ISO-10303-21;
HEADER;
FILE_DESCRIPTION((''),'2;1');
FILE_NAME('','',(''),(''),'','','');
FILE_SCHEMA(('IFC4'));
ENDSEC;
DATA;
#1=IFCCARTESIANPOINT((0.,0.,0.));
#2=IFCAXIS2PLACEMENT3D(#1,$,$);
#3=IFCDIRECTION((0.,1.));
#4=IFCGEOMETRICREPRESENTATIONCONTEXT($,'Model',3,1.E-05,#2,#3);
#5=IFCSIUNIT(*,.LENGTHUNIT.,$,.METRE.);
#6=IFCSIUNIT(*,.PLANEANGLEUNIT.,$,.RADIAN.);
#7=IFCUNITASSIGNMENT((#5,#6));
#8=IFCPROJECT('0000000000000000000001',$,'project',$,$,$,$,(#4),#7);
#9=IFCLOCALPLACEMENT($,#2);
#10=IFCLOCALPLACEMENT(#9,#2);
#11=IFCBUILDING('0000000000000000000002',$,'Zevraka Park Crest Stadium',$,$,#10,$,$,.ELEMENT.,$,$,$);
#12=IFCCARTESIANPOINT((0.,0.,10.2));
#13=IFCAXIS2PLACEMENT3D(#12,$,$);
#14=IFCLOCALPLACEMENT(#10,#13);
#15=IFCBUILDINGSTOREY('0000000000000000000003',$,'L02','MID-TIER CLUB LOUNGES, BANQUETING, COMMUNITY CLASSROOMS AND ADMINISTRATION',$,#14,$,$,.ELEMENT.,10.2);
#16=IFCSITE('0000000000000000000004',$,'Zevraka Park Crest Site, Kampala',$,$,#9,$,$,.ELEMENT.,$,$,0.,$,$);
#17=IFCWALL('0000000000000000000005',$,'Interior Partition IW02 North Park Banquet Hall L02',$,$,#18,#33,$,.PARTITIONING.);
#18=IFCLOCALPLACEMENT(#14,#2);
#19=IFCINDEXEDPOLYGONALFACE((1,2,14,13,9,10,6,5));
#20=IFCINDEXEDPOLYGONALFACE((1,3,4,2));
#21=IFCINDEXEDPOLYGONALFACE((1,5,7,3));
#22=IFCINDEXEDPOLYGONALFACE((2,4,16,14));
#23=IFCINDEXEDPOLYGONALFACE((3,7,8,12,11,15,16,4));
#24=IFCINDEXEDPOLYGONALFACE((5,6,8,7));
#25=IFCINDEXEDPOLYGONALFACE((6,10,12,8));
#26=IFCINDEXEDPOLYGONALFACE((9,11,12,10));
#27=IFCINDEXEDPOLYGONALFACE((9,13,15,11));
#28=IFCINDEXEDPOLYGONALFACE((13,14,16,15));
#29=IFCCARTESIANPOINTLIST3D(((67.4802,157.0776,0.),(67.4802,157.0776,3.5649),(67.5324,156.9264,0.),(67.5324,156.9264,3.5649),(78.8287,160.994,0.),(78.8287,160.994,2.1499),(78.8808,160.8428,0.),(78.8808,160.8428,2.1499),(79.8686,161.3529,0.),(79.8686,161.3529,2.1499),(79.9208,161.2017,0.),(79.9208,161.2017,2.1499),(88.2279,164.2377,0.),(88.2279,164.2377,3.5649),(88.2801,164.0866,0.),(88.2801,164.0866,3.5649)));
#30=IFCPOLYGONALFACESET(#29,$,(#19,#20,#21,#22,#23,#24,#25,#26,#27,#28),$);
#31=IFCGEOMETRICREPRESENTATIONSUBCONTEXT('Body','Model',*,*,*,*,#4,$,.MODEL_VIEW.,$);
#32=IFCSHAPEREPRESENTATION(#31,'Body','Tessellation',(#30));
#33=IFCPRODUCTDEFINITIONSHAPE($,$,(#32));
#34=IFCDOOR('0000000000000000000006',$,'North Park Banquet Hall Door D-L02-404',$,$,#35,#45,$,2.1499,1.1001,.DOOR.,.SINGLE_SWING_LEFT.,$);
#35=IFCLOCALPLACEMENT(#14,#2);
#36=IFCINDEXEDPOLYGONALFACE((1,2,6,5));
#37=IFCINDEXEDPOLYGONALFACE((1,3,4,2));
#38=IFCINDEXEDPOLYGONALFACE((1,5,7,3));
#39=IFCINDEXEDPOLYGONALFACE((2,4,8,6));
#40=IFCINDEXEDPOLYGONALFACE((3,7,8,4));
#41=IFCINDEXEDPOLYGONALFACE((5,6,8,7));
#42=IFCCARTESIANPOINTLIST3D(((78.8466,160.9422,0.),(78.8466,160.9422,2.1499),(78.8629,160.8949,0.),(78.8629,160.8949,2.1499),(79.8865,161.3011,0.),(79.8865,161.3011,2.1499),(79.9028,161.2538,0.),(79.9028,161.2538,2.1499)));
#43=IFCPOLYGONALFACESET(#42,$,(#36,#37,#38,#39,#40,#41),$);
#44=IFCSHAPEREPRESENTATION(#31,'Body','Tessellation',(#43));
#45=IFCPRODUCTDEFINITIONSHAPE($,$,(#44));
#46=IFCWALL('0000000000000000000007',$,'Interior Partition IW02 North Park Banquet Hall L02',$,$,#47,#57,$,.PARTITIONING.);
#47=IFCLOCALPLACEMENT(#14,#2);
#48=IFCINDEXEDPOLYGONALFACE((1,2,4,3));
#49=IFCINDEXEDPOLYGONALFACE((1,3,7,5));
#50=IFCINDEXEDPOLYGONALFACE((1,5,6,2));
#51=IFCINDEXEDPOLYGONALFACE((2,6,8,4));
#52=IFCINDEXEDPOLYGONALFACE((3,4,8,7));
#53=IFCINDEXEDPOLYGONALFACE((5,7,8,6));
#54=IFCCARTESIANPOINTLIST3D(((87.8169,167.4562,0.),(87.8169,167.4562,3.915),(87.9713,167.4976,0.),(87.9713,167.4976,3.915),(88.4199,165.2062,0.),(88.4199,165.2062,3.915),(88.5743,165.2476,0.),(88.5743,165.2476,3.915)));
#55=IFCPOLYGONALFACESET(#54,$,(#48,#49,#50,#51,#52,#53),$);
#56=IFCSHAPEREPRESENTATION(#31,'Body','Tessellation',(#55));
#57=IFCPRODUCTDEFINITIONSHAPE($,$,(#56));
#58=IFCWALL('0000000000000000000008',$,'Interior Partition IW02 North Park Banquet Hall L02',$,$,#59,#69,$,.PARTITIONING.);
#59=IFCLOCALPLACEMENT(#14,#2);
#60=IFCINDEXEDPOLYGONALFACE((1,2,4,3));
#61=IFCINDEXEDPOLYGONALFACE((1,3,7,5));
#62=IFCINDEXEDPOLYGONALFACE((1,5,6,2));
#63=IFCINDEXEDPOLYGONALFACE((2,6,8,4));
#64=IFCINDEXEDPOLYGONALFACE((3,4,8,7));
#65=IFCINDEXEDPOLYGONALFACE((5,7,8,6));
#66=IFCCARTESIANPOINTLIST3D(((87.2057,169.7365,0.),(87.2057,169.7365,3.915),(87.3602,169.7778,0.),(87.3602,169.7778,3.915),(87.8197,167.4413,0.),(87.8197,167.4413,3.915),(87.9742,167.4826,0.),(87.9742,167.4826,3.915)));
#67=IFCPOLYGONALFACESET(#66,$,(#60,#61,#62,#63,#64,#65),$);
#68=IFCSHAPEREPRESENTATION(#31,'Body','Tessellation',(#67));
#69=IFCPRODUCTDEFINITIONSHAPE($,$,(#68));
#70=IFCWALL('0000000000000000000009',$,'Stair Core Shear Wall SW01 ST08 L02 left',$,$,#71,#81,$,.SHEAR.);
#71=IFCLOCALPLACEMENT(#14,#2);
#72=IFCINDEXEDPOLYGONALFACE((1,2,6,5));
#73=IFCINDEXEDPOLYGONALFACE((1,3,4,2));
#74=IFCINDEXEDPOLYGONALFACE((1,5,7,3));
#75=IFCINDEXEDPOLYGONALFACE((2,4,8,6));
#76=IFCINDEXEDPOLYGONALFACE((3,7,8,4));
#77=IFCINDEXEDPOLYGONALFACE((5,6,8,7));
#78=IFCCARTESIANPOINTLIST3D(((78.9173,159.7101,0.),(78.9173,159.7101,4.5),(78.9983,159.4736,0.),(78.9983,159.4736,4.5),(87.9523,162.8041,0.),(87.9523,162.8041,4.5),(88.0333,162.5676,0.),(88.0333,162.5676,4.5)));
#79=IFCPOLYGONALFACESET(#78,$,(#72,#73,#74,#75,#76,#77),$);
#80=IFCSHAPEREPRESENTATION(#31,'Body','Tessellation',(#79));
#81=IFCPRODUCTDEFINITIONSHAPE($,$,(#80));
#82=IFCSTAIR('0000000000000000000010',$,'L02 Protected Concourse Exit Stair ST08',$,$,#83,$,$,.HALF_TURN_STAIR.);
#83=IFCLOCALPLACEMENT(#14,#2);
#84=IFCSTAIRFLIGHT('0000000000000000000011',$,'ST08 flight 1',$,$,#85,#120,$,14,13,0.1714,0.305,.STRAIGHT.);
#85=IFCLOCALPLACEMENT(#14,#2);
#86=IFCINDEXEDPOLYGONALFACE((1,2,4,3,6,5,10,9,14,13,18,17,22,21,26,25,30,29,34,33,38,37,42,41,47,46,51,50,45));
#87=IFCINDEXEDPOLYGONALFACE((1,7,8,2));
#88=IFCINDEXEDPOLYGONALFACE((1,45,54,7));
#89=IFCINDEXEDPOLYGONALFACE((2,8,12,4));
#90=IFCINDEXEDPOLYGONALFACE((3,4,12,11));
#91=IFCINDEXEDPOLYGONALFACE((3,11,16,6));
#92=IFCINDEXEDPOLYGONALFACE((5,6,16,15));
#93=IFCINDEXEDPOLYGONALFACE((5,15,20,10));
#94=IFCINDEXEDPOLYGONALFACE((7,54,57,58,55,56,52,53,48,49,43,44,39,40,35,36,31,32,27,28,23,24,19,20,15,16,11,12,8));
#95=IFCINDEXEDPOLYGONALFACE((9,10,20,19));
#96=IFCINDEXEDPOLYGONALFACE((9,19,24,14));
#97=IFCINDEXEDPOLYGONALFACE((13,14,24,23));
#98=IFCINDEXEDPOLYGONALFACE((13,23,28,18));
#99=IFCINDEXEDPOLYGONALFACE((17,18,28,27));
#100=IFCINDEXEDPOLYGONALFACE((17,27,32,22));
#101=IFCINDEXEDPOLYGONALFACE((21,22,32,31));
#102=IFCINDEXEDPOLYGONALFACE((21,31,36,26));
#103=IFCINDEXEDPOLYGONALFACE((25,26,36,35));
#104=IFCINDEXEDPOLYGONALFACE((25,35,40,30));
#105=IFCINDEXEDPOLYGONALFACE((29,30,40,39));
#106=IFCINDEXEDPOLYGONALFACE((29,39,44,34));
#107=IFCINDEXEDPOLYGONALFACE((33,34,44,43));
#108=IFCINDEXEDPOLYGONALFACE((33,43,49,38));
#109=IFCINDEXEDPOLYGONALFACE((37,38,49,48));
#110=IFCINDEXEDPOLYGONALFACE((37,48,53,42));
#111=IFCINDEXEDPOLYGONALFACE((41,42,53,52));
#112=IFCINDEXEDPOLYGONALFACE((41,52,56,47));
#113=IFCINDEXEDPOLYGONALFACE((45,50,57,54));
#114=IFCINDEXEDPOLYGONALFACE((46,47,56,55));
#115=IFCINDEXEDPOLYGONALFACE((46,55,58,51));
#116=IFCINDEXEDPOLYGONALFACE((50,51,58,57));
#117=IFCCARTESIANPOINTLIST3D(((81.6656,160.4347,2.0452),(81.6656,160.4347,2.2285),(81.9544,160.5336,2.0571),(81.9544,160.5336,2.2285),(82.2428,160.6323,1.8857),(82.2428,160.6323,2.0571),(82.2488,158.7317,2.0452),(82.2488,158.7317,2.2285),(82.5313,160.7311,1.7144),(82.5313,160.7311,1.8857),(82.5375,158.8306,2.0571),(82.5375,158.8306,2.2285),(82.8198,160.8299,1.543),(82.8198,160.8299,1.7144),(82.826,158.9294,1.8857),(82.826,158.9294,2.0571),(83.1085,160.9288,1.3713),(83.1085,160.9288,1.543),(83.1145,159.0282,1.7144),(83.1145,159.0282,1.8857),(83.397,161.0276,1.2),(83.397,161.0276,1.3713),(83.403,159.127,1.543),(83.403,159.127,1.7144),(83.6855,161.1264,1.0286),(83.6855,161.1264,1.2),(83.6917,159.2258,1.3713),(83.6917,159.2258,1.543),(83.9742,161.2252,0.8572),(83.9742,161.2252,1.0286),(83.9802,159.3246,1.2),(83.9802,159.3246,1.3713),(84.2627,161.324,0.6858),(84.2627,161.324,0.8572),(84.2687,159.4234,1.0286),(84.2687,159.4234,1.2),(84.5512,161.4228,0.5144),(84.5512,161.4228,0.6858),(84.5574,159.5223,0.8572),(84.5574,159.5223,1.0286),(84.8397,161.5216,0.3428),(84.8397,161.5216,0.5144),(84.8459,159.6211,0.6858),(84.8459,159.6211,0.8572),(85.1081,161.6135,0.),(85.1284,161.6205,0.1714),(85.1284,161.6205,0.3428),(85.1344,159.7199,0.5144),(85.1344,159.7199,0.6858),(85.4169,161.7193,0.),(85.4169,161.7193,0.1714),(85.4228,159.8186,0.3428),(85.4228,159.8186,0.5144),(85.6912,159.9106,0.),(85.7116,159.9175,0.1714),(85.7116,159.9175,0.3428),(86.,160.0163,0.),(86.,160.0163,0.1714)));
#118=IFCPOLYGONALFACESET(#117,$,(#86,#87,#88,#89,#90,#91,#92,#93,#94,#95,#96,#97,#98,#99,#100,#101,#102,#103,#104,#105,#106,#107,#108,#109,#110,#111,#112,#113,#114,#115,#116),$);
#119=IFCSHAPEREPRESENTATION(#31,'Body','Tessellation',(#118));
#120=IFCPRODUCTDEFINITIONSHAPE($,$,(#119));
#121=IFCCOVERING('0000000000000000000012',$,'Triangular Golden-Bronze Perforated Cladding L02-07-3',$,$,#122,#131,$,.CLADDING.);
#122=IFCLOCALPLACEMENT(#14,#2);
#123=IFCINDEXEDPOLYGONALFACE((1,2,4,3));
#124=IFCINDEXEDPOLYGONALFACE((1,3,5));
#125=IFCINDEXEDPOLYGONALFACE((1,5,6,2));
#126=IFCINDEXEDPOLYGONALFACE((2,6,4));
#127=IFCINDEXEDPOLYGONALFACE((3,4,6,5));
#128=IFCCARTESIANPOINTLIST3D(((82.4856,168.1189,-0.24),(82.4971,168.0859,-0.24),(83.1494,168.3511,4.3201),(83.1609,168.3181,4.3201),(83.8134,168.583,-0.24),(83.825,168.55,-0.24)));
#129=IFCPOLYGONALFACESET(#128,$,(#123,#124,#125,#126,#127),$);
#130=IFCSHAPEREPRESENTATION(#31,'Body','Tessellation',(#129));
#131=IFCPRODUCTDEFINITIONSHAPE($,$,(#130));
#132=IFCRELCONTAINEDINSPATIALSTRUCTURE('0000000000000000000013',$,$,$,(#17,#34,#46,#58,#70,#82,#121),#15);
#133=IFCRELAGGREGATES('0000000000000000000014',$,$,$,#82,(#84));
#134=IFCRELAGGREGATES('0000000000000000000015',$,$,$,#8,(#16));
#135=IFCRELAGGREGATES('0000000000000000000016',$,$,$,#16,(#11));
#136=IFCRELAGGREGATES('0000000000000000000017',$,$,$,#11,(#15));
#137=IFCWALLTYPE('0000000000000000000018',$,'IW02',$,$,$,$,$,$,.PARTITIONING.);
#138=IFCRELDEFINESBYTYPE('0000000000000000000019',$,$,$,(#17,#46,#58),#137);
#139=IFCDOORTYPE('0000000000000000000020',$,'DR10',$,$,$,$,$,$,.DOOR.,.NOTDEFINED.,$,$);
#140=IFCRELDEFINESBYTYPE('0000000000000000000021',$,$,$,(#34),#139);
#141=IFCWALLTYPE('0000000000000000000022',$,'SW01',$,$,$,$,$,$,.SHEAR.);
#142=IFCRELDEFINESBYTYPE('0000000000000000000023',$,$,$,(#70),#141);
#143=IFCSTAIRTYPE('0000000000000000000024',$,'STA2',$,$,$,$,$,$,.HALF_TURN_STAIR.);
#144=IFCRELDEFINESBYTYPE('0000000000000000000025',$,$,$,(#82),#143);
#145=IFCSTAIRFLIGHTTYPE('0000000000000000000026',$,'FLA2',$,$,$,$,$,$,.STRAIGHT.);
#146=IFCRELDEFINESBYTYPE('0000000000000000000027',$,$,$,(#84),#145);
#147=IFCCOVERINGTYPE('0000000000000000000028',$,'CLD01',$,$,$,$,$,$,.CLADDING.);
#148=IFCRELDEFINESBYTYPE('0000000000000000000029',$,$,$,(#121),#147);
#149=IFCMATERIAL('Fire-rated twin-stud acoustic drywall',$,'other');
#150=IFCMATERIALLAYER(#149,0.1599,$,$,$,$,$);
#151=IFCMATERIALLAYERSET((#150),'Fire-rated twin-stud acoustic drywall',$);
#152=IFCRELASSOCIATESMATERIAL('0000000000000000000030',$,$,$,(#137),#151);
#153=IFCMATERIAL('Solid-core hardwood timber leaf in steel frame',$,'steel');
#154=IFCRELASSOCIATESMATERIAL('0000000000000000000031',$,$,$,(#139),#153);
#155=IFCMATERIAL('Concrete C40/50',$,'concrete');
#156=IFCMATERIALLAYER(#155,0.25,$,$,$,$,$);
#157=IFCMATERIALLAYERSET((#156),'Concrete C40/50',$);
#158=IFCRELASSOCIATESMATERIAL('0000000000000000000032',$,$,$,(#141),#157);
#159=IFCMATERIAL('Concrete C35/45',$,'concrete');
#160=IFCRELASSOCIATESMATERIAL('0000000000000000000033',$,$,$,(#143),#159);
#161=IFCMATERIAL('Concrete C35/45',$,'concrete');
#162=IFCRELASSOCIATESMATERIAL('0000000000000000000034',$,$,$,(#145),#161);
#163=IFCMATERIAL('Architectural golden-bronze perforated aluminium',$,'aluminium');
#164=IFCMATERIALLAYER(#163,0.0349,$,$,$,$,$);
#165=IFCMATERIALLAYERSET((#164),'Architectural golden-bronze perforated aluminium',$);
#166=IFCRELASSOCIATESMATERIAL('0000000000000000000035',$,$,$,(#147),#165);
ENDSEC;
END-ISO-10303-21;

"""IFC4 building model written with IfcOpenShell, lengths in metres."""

from ifc_helpers import new_model, si_unit, direction, frame, frame_2d, origin, place, context, subcontext, project, spatial, polyline, rectangle, outline, extrude, material, layer, layer_set, type_object, element, fill, aggregate, save


model = new_model("IFC4")

# Units and contexts
model_context = context("Model", 3, precision=1e-05, world=origin(), true_north=direction((0.0, 1.0)))
body_context = subcontext(model_context, "Body", "Model", "MODEL_VIEW")
ifc_project = project(units=[si_unit("LENGTHUNIT", "METRE"), si_unit("PLANEANGLEUNIT", "RADIAN")], contexts=[model_context])

# Site, building, storey
site_placement = place(None, origin())
site = spatial("IfcSite", under=ifc_project, at=site_placement, Name="Zevraka Park Crest Site, Kampala", CompositionType="ELEMENT", RefElevation=0.0)
building_placement = place(site_placement, origin())
building = spatial("IfcBuilding", under=site, at=building_placement, Name="Zevraka Park Crest Stadium", CompositionType="ELEMENT")
storey_placement = place(building_placement, frame((0.0, 0.0, 10.2)))
storey = spatial("IfcBuildingStorey", under=building, at=storey_placement, Name="L02", Description="MID-TIER CLUB LOUNGES, BANQUETING, COMMUNITY CLASSROOMS AND ADMINISTRATION", CompositionType="ELEMENT", Elevation=10.2)

# Wall, opening, door
ifc_material_1 = material(Name="Fire-rated twin-stud acoustic drywall", Category="other")
ifc_layer_1 = layer(ifc_material_1, 0.1599)
ifc_layer_set_1 = layer_set([ifc_layer_1], Name="Fire-rated twin-stud acoustic drywall")
wall_type_1 = type_object("IfcWallType", Name="IW02", PredefinedType="PARTITIONING", material=ifc_layer_set_1)
wall_1_placement = place(storey_placement, frame((88.2539, 164.1621, 0.0), z_axis=(0.0, 0.0, 1.0), x_axis=(-0.945292, -0.326224, 0.0)))
wall_1 = element("IfcWall", 1, at=wall_1_placement, inside=storey, type_object=wall_type_1, Name="Interior Partition IW02 North Park Banquet Hall L02", PredefinedType="PARTITIONING", context=body_context, shape_type="SweptSolid", body=[
    extrude(rectangle(XDim=21.9485, YDim=0.1599, at=frame_2d((10.9741, 0.0))), origin(), (0.0, 0.0, 1.0), 3.5649),
])
opening_placement = place(wall_1_placement, frame((8.843, 0.0, 0.0)))
opening = element("IfcOpeningElement", 2, at=opening_placement, cuts=wall_1, PredefinedType="OPENING", context=body_context, shape_type="SweptSolid", body=[
    extrude(rectangle(XDim=1.1001, YDim=2.1499, at=frame_2d((0.55, 1.075))), frame((0.0, 0.0898, 0.0), z_axis=(0.0, -1.0, 0.0), x_axis=(1.0, 0.0, 0.0)), (0.0, 0.0, 1.0), 0.1799),
])
ifc_material_2 = material(Name="Solid-core hardwood timber leaf in steel frame", Category="steel")
door_type = type_object("IfcDoorType", Name="DR10", OperationType="NOTDEFINED", PredefinedType="DOOR", material=ifc_material_2)
door_placement = place(opening_placement, origin())
door = element("IfcDoor", 3, at=door_placement, inside=storey, type_object=door_type, Name="North Park Banquet Hall Door D-L02-404", OperationType="SINGLE_SWING_LEFT", OverallHeight=2.1499, OverallWidth=1.1001, PredefinedType="DOOR", context=body_context, shape_type="SweptSolid", body=[
    extrude(rectangle(XDim=1.1001, YDim=2.1499, at=frame_2d((0.55, 1.075))), frame((0.0, 0.0249, 0.0), z_axis=(0.0, -1.0, 0.0), x_axis=(1.0, 0.0, 0.0)), (0.0, 0.0, 1.0), 0.05),
])
fill(opening, door)

# Walls
wall_2_placement = place(storey_placement, frame((88.4971, 165.2271, 0.0), z_axis=(0.0, 0.0, 1.0), x_axis=(-0.258876, 0.965911, 0.0)))
element("IfcWall", 4, at=wall_2_placement, inside=storey, type_object=wall_type_1, Name="Interior Partition IW02 North Park Banquet Hall L02", PredefinedType="PARTITIONING", context=body_context, shape_type="SweptSolid", body=[
    extrude(rectangle(XDim=2.3293, YDim=0.1599, at=frame_2d((1.1646, 0.0))), origin(), (0.0, 0.0, 1.0), 3.915),
])
wall_3_placement = place(storey_placement, frame((87.897, 167.4619, 0.0), z_axis=(0.0, 0.0, 1.0), x_axis=(-0.258436, 0.966028, 0.0)))
element("IfcWall", 5, at=wall_3_placement, inside=storey, type_object=wall_type_1, Name="Interior Partition IW02 North Park Banquet Hall L02", PredefinedType="PARTITIONING", context=body_context, shape_type="SweptSolid", body=[
    extrude(rectangle(XDim=2.376, YDim=0.1599, at=frame_2d((1.188, 0.0))), origin(), (0.0, 0.0, 1.0), 3.915),
])
ifc_material_3 = material(Name="Concrete C40/50", Category="concrete")
ifc_layer_2 = layer(ifc_material_3, 0.25)
ifc_layer_set_2 = layer_set([ifc_layer_2], Name="Concrete C40/50")
wall_type_2 = type_object("IfcWallType", Name="SW01", PredefinedType="SHEAR", material=ifc_layer_set_2)
wall_4_placement = place(storey_placement, frame((87.9927, 162.6858, 0.0), z_axis=(0.0, 0.0, 1.0), x_axis=(-0.946064, -0.323979, 0.0)))
element("IfcWall", 6, at=wall_4_placement, inside=storey, type_object=wall_type_2, Name="Stair Core Shear Wall SW01 ST08 L02 left", PredefinedType="SHEAR", context=body_context, shape_type="SweptSolid", body=[
    extrude(rectangle(XDim=9.55, YDim=0.25, at=frame_2d((4.7749, 0.0))), origin(), (0.0, 0.0, 1.0), 4.5),
])

# Stair, stair flight
ifc_material_4 = material(Name="Concrete C35/45", Category="concrete")
stair_type = type_object("IfcStairType", Name="STA2", PredefinedType="HALF_TURN_STAIR", material=ifc_material_4)
stair_placement = place(storey_placement, origin())
stair = element("IfcStair", 7, at=stair_placement, inside=storey, type_object=stair_type, Name="L02 Protected Concourse Exit Stair ST08", PredefinedType="HALF_TURN_STAIR")
ifc_material_5 = material(Name="Concrete C35/45", Category="concrete")
stair_flight_type = type_object("IfcStairFlightType", Name="FLA2", PredefinedType="STRAIGHT", material=ifc_material_5)
stair_flight_placement = place(storey_placement, frame((85.7085, 160.8677, 0.0), z_axis=(0.0, 0.0, 1.0), x_axis=(-0.946066, -0.323974, 0.0)))
stair_flight = element("IfcStairFlight", 8, at=stair_flight_placement, type_object=stair_flight_type, Name="ST08 flight 1", NumberOfRisers=14, NumberOfTreads=13, PredefinedType="STRAIGHT", RiserHeight=0.1714, TreadLength=0.305, context=body_context, shape_type="SweptSolid", body=[
    extrude(outline(polyline([(0.0, 0.0), (0.0, 0.1714), (0.3049, 0.1714), (0.3049, 0.3428), (0.6101, 0.3428), (0.6101, 0.5144), (0.915, 0.5144), (0.915, 0.6858), (1.22, 0.6858), (1.22, 0.8572), (1.5249, 0.8572), (1.5249, 1.0286), (1.8301, 1.0286), (1.8301, 1.2), (2.135, 1.2), (2.135, 1.3713), (2.4399, 1.3713), (2.4399, 1.543), (2.7451, 1.543), (2.7451, 1.7144), (3.05, 1.7144), (3.05, 1.8857), (3.355, 1.8857), (3.355, 2.0571), (3.6599, 2.0571), (3.6599, 2.2285), (3.9651, 2.2285), (3.9651, 2.3999), (3.9651, 2.0452), (0.3264, 0.0), (0.0, 0.0)])), frame((0.0, 0.8999, 0.0), z_axis=(0.0, -1.0, 0.0), x_axis=(1.0, 0.0, 0.0)), (0.0, 0.0, 1.0), 1.8),
])
aggregate(stair, [stair_flight])

# Covering
ifc_material_6 = material(Name="Architectural golden-bronze perforated aluminium", Category="aluminium")
ifc_layer_3 = layer(ifc_material_6, 0.0349)
ifc_layer_set_3 = layer_set([ifc_layer_3], Name="Architectural golden-bronze perforated aluminium")
covering_type = type_object("IfcCoveringType", Name="CLD01", PredefinedType="CLADDING", material=ifc_layer_set_3)
covering_placement = place(storey_placement, frame((83.825, 168.55, -0.24), z_axis=(0.329941, -0.944002, 0.000034), x_axis=(-0.944002, -0.329941, 0.0)))
element("IfcCovering", 9, at=covering_placement, inside=storey, type_object=covering_type, Name="Triangular Golden-Bronze Perforated Cladding L02-07-3", PredefinedType="CLADDING", context=body_context, shape_type="SweptSolid", body=[
    extrude(outline(polyline([(0.0, 0.0), (1.4067, 0.0), (0.7034, -4.5601), (0.0, 0.0)])), origin(), (0.0, 0.0, -1.0), 0.0349),
])

save(model, "model.ifc")
